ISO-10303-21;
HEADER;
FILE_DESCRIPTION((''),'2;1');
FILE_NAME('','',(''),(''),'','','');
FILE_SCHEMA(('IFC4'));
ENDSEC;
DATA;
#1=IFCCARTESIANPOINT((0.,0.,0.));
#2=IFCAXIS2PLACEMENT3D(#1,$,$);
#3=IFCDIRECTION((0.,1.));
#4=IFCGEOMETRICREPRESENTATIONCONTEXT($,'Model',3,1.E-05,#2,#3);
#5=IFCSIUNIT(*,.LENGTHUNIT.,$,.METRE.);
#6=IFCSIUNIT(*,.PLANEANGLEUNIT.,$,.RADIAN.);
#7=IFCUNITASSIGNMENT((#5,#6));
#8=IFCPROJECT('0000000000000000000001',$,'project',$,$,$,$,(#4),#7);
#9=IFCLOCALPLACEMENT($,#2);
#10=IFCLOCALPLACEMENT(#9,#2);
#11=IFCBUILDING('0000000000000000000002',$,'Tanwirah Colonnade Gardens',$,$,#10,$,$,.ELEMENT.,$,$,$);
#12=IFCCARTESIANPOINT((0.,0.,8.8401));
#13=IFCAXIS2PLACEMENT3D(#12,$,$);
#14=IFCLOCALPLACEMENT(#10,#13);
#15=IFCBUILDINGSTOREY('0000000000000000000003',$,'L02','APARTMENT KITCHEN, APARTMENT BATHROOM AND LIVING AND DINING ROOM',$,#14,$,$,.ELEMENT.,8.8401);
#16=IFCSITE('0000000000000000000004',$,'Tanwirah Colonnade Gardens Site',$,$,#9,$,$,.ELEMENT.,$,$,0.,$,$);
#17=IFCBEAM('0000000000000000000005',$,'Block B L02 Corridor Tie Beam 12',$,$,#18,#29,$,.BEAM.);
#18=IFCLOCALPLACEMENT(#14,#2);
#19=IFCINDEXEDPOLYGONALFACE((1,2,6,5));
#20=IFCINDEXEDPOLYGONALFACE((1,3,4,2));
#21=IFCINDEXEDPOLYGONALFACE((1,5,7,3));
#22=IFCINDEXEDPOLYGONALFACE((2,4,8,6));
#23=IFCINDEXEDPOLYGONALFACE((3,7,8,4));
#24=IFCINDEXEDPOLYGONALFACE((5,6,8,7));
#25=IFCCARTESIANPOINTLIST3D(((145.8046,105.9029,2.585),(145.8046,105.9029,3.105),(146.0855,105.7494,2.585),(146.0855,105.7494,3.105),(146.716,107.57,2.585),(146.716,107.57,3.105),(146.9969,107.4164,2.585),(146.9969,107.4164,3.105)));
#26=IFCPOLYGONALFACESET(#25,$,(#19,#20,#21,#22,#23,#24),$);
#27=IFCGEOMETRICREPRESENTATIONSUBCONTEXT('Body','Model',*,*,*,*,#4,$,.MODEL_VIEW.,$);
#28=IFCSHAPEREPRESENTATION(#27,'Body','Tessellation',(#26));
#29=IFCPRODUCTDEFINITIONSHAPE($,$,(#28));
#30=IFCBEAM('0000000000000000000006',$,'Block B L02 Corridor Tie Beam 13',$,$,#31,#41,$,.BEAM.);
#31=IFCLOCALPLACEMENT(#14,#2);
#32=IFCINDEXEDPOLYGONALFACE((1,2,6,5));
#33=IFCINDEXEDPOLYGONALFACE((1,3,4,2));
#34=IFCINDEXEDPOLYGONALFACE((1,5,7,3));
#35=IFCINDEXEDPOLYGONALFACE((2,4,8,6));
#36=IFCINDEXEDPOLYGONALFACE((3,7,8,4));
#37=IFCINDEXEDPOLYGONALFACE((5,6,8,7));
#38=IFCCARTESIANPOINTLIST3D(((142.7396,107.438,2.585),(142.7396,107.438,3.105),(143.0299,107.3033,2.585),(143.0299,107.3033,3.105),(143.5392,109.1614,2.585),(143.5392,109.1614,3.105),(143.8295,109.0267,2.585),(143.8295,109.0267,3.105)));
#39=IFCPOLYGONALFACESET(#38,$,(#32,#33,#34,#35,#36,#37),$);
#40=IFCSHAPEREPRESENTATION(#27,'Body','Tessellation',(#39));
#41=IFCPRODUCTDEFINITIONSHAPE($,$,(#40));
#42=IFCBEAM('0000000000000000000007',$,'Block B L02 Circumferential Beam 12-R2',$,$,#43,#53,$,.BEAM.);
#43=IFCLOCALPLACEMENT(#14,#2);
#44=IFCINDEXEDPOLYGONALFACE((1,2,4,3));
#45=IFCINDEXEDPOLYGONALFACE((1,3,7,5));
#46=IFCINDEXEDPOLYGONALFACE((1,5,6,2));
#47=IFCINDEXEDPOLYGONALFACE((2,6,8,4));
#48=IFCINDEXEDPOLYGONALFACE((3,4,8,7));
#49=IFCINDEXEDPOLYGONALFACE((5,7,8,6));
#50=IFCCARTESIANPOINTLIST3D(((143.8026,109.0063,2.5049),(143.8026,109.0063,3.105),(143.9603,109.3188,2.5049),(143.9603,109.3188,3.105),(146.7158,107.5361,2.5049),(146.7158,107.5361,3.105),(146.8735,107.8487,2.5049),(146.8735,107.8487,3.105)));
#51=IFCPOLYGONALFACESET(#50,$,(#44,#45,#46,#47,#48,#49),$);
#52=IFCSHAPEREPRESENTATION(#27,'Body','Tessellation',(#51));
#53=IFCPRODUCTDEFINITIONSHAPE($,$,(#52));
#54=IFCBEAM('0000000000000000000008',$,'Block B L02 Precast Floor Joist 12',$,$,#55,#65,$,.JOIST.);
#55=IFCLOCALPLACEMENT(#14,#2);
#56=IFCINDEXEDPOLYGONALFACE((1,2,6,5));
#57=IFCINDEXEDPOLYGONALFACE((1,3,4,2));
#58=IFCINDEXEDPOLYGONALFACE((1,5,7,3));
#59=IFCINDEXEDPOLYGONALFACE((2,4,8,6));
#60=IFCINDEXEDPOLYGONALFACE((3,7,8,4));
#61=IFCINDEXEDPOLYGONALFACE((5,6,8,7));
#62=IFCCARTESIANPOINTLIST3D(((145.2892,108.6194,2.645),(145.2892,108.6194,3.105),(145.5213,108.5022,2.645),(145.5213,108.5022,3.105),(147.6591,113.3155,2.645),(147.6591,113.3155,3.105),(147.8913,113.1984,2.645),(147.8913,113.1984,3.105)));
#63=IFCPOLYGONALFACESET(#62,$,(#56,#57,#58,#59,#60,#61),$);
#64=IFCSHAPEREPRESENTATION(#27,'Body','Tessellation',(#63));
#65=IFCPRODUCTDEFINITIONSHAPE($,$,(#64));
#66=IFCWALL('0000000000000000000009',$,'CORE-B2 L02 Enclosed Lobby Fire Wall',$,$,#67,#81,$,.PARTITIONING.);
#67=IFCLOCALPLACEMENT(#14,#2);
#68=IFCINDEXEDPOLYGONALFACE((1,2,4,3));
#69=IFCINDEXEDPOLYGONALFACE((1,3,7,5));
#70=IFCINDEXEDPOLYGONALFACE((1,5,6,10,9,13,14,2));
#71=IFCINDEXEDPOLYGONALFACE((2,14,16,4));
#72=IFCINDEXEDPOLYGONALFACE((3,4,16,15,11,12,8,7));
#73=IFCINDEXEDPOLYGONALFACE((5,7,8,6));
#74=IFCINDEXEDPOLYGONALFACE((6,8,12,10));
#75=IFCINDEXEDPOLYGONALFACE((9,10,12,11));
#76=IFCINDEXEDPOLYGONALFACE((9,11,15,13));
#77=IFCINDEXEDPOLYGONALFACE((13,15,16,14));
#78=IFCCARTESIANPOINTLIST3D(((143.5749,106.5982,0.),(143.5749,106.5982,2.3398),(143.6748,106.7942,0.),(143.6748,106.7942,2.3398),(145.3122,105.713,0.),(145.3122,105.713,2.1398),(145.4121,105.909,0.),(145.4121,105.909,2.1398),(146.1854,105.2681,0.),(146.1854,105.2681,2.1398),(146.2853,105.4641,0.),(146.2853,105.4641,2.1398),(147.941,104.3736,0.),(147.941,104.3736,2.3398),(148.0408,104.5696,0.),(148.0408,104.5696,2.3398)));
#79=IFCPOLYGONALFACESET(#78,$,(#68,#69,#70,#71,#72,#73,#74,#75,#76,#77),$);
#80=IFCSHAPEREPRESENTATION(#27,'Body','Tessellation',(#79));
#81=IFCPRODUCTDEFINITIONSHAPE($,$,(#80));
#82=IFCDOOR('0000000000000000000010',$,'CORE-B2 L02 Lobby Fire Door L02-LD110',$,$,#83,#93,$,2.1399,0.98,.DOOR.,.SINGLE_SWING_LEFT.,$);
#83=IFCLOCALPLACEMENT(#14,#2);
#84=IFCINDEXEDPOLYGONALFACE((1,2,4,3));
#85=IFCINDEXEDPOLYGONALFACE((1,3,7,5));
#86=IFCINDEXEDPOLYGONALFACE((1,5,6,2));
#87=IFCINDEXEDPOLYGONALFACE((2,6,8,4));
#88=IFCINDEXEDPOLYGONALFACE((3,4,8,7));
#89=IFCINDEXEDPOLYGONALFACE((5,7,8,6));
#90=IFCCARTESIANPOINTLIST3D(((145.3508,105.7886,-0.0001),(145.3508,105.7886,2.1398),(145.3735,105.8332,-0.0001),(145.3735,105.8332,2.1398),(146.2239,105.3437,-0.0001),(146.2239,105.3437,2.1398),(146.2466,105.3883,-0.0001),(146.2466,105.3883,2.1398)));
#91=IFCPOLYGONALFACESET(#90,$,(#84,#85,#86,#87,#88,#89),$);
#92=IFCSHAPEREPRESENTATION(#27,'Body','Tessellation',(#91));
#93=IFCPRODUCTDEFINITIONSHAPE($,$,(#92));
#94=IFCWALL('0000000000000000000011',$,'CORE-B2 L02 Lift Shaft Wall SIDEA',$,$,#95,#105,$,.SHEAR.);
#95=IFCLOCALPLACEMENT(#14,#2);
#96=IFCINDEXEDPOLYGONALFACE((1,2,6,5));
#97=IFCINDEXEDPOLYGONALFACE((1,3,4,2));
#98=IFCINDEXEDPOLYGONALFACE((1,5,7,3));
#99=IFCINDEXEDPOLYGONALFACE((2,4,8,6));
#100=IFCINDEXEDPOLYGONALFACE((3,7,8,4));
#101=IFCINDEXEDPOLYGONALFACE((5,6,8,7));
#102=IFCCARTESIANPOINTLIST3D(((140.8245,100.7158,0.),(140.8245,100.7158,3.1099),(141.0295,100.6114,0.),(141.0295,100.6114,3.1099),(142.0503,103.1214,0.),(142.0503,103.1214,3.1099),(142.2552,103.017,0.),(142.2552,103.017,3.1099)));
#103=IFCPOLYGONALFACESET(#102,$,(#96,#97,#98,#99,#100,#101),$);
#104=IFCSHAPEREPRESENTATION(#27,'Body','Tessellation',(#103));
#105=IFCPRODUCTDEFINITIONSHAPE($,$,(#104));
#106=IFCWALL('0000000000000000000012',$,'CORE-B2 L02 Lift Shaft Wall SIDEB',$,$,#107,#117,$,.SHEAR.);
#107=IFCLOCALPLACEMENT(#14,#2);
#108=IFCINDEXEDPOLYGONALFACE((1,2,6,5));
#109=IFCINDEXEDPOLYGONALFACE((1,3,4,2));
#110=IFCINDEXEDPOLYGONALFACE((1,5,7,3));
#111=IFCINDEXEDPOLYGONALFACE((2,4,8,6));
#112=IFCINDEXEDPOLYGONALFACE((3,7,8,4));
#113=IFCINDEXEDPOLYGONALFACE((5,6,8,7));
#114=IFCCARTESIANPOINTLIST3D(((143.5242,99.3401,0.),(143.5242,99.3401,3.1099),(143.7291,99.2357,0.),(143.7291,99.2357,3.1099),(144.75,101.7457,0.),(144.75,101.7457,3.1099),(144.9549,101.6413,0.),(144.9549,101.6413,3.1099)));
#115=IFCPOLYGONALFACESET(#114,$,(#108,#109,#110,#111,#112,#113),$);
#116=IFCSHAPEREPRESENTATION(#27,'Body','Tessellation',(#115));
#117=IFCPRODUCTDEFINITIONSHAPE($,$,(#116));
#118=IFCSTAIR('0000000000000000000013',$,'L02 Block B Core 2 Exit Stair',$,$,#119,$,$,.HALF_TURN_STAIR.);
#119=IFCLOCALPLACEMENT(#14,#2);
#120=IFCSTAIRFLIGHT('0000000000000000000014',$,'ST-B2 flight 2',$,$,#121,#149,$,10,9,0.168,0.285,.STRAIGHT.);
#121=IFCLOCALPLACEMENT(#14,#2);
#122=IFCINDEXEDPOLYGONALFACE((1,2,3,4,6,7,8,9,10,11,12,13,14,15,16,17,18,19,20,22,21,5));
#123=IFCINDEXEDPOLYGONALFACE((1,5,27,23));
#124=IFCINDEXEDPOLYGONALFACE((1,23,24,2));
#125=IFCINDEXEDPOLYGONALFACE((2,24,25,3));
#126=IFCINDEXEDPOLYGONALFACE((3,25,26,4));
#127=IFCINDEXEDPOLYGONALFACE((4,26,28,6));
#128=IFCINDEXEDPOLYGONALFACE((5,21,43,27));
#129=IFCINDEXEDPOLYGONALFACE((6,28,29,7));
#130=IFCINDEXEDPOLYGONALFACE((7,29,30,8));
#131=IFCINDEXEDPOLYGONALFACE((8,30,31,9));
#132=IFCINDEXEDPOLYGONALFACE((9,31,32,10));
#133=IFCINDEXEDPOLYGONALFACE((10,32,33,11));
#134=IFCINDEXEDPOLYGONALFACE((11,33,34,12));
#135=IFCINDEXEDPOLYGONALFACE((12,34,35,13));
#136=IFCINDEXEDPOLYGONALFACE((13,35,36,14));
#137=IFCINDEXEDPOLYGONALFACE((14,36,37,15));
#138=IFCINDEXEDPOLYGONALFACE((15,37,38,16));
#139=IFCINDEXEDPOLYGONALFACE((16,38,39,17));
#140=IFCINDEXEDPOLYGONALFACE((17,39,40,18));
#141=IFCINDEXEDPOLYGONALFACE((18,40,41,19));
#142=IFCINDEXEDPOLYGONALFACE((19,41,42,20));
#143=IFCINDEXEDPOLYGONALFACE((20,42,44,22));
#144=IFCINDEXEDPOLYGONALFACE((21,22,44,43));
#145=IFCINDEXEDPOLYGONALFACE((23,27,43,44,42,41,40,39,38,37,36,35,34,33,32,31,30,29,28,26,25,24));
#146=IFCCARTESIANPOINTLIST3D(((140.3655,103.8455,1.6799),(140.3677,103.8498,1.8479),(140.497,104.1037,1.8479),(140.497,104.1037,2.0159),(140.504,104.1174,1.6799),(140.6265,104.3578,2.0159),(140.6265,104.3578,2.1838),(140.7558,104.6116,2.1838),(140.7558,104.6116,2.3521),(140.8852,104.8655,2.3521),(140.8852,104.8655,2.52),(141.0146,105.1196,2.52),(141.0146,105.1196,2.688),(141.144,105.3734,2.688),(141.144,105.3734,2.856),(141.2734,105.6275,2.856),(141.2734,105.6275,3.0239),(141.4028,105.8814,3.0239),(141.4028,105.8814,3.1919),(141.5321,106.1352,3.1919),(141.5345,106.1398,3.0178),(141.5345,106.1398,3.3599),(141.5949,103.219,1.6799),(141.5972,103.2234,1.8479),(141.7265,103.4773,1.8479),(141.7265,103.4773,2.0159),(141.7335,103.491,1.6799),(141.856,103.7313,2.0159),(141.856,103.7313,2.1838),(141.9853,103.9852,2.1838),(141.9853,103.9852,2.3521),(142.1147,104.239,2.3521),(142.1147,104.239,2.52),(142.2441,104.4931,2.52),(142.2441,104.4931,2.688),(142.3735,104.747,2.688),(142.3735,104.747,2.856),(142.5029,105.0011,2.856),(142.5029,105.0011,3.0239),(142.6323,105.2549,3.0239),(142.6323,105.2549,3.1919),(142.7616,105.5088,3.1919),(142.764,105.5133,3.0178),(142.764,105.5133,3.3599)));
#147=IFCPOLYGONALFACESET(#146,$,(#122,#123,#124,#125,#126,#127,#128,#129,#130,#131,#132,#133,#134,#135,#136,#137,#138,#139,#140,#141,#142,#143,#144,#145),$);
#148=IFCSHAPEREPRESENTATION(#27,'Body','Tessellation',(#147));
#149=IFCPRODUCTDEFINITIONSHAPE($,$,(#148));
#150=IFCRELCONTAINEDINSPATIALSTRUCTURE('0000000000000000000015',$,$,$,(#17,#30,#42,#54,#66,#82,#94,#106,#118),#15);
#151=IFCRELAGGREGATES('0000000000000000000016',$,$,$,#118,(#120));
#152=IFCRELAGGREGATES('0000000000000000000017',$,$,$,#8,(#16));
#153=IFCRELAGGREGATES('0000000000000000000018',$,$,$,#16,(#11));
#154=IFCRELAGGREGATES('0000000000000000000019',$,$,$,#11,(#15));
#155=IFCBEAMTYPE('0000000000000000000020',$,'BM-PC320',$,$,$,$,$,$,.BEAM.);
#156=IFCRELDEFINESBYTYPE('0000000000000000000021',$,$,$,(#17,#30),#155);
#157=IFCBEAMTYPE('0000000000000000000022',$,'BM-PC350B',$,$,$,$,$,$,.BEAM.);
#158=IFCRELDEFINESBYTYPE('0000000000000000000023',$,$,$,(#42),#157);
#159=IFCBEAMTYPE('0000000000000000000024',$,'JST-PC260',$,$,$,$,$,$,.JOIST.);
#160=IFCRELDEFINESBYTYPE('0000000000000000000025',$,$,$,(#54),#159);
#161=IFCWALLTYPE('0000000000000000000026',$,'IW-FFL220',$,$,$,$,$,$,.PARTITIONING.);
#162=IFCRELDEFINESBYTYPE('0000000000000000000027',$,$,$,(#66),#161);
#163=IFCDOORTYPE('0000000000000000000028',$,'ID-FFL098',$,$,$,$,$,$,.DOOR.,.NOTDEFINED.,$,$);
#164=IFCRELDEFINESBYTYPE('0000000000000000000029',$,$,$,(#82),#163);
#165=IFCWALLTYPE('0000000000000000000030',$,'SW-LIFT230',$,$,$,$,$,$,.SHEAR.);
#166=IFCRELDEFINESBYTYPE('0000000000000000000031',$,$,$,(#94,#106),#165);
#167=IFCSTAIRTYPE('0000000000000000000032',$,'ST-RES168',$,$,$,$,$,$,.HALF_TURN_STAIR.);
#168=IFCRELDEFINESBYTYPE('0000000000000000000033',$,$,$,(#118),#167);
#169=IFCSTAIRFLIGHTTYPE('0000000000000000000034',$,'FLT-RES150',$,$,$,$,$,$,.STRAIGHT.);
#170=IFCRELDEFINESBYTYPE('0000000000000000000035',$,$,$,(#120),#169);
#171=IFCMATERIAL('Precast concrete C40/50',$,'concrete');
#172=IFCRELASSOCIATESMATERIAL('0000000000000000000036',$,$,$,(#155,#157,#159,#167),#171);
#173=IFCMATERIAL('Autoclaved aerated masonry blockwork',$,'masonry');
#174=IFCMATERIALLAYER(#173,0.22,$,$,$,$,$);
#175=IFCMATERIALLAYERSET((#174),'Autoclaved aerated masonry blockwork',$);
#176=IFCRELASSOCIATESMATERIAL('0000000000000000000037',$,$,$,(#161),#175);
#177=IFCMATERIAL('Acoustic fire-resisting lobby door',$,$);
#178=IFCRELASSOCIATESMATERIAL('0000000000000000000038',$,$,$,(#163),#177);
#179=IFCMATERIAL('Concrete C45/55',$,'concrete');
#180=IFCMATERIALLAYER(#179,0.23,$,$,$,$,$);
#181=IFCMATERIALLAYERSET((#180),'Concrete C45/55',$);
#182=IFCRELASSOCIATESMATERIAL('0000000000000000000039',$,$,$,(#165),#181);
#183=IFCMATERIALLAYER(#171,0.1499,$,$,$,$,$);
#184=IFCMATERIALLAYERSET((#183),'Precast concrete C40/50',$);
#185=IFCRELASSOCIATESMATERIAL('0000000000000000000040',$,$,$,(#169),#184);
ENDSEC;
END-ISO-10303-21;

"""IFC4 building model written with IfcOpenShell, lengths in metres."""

from ifc_helpers import new_model, si_unit, direction, frame, frame_2d, origin, origin_2d, place, context, subcontext, project, spatial, polyline, rectangle, outline, extrude, material, layer, layer_set, material_profile, profile_set, type_object, element, fill, aggregate, save


model = new_model("IFC4")

# Units and contexts
model_context = context("Model", 3, precision=1e-05, world=origin(), true_north=direction((0.0, 1.0)))
body_context = subcontext(model_context, "Body", "Model", "MODEL_VIEW")
ifc_project = project(units=[si_unit("LENGTHUNIT", "METRE"), si_unit("PLANEANGLEUNIT", "RADIAN")], contexts=[model_context])

# Site, building, storey
site_placement = place(None, origin())
site = spatial("IfcSite", under=ifc_project, at=site_placement, Name="Tanwirah Colonnade Gardens Site", CompositionType="ELEMENT", RefElevation=0.0)
building_placement = place(site_placement, origin())
building = spatial("IfcBuilding", under=site, at=building_placement, Name="Tanwirah Colonnade Gardens", CompositionType="ELEMENT")
storey_placement = place(building_placement, frame((0.0, 0.0, 8.8401)))
storey = spatial("IfcBuildingStorey", under=building, at=storey_placement, Name="L02", Description="APARTMENT KITCHEN, APARTMENT BATHROOM AND LIVING AND DINING ROOM", CompositionType="ELEMENT", Elevation=8.8401)

# Beams
ifc_material_1 = material(Name="Precast concrete C40/50", Category="concrete")
ifc_material_profile_1 = material_profile(ifc_material_1, rectangle(XDim=0.3201, YDim=0.52, at=origin_2d()), Name="PC-BM 320x520")
ifc_profile_set_1 = profile_set([ifc_material_profile_1], Name="Precast concrete C40/50")
beam_type_1 = type_object("IfcBeamType", Name="BM-PC320", PredefinedType="BEAM", material=ifc_profile_set_1)
for number, where, z_axis, x_axis, name in (
    (1, (145.9451, 105.8262, 2.845), (0.479707, 0.877429, 0.0), (-0.877429, 0.479707, 0.0), "Block B L02 Corridor Tie Beam 12"),
    (2, (142.8848, 107.3706, 2.845), (0.420858, 0.907126, 0.0), (-0.907126, 0.420858, 0.0), "Block B L02 Corridor Tie Beam 13"),
):
    element("IfcBeam", number, at=place(storey_placement, frame(where, z_axis=z_axis, x_axis=x_axis)), inside=storey, type_object=beam_type_1, Name=name, PredefinedType="BEAM", context=body_context, shape_type="SweptSolid", body=[
        extrude(rectangle(XDim=0.3201, YDim=0.52, at=origin_2d()), origin(), (0.0, 0.0, 1.0), 1.8999),
    ])
ifc_material_profile_2 = material_profile(ifc_material_1, rectangle(XDim=0.3501, YDim=0.6001, at=origin_2d()), Name="PC-BM 350x600")
ifc_profile_set_2 = profile_set([ifc_material_profile_2], Name="Precast concrete C40/50")
beam_type_2 = type_object("IfcBeamType", Name="BM-PC350B", PredefinedType="BEAM", material=ifc_profile_set_2)
beam_1_placement = place(storey_placement, frame((146.7947, 107.6924, 2.8049), z_axis=(-0.89276, 0.450532, 0.0), x_axis=(-0.450532, -0.89276, 0.0)))
element("IfcBeam", 3, at=beam_1_placement, inside=storey, type_object=beam_type_2, Name="Block B L02 Circumferential Beam 12-R2", PredefinedType="BEAM", context=body_context, shape_type="SweptSolid", body=[
    extrude(rectangle(XDim=0.3501, YDim=0.6001, at=origin_2d()), origin(), (0.0, 0.0, 1.0), 3.2632),
])
ifc_material_profile_3 = material_profile(ifc_material_1, rectangle(XDim=0.26, YDim=0.46, at=origin_2d()), Name="PC-JST 260x460")
ifc_profile_set_3 = profile_set([ifc_material_profile_3], Name="Precast concrete C40/50")
beam_type_3 = type_object("IfcBeamType", Name="JST-PC260", PredefinedType="JOIST", material=ifc_profile_set_3)
beam_2_placement = place(storey_placement, frame((145.4053, 108.5608, 2.875), z_axis=(0.450534, 0.892759, 0.0), x_axis=(-0.892759, 0.450534, 0.0)))
element("IfcBeam", 4, at=beam_2_placement, inside=storey, type_object=beam_type_3, Name="Block B L02 Precast Floor Joist 12", PredefinedType="JOIST", context=body_context, shape_type="SweptSolid", body=[
    extrude(rectangle(XDim=0.26, YDim=0.46, at=origin_2d()), origin(), (0.0, 0.0, 1.0), 5.2603),
])

# Wall, opening, door
ifc_material_2 = material(Name="Autoclaved aerated masonry blockwork", Category="masonry")
ifc_layer_1 = layer(ifc_material_2, 0.22)
ifc_layer_set_1 = layer_set([ifc_layer_1], Name="Autoclaved aerated masonry blockwork")
wall_type_1 = type_object("IfcWallType", Name="IW-FFL220", PredefinedType="PARTITIONING", material=ifc_layer_set_1)
wall_1_placement = place(storey_placement, frame((143.6248, 106.6963, 0.0), z_axis=(0.0, 0.0, 1.0), x_axis=(0.891003, -0.453997, 0.0)))
wall_1 = element("IfcWall", 5, at=wall_1_placement, inside=storey, type_object=wall_type_1, Name="CORE-B2 L02 Enclosed Lobby Fire Wall", PredefinedType="PARTITIONING", context=body_context, shape_type="SweptSolid", body=[
    extrude(rectangle(XDim=4.9001, YDim=0.22, at=frame_2d((2.4502, 0.0))), origin(), (0.0, 0.0, 1.0), 2.3398),
])
opening_1_placement = place(wall_1_placement, frame((1.95, 0.0, 0.0)))
opening_1 = element("IfcOpeningElement", 6, at=opening_1_placement, cuts=wall_1, PredefinedType="OPENING", context=body_context, shape_type="SweptSolid", body=[
    extrude(rectangle(XDim=0.98, YDim=2.1399, at=frame_2d((0.49, 1.0698))), frame((0.0, 0.1199, 0.0), z_axis=(0.0, -1.0, 0.0), x_axis=(1.0, 0.0, 0.0)), (0.0, 0.0, 1.0), 0.24),
])
ifc_material_3 = material(Name="Acoustic fire-resisting lobby door")
door_type_1 = type_object("IfcDoorType", Name="ID-FFL098", OperationType="NOTDEFINED", PredefinedType="DOOR", material=ifc_material_3)
door_1_placement = place(opening_1_placement, origin())
door_1 = element("IfcDoor", 7, at=door_1_placement, inside=storey, type_object=door_type_1, Name="CORE-B2 L02 Lobby Fire Door L02-LD110", OperationType="SINGLE_SWING_LEFT", OverallHeight=2.1399, OverallWidth=0.98, PredefinedType="DOOR", context=body_context, shape_type="SweptSolid", body=[
    extrude(rectangle(XDim=0.98, YDim=2.1399, at=frame_2d((0.49, 1.0698))), frame((0.0, 0.0249, 0.0), z_axis=(0.0, -1.0, 0.0), x_axis=(1.0, 0.0, 0.0)), (0.0, 0.0, 1.0), 0.05),
])
fill(opening_1, door_1)
ifc_material_4 = material(Name="Concrete C45/55", Category="concrete")
ifc_layer_2 = layer(ifc_material_4, 0.23)
ifc_layer_set_2 = layer_set([ifc_layer_2], Name="Concrete C45/55")
wall_type_2 = type_object("IfcWallType", Name="SW-LIFT230", PredefinedType="SHEAR", material=ifc_layer_set_2)

# Walls
for number, where, z_axis, x_axis, name in (
    (8, (142.1528, 103.0693, 0.0), (0.0, 0.0, 1.0), (-0.454, -0.891002, 0.0), "CORE-B2 L02 Lift Shaft Wall SIDEA"),
    (9, (144.8525, 101.6936, 0.0), (0.0, 0.0, 1.0), (-0.454037, -0.890983, 0.0), "CORE-B2 L02 Lift Shaft Wall SIDEB"),
):
    element("IfcWall", number, at=place(storey_placement, frame(where, z_axis=z_axis, x_axis=x_axis)), inside=storey, type_object=wall_type_2, Name=name, PredefinedType="SHEAR", context=body_context, shape_type="SweptSolid", body=[
        extrude(rectangle(XDim=2.7, YDim=0.23, at=frame_2d((1.3501, 0.0))), origin(), (0.0, 0.0, 1.0), 3.1099),
    ])

# Stair, stair flight
stair_type = type_object("IfcStairType", Name="ST-RES168", PredefinedType="HALF_TURN_STAIR", material=ifc_material_1)
stair_placement = place(storey_placement, origin())
stair = element("IfcStair", 10, at=stair_placement, inside=storey, type_object=stair_type, Name="L02 Block B Core 2 Exit Stair", PredefinedType="HALF_TURN_STAIR")
ifc_layer_3 = layer(ifc_material_1, 0.1499)
ifc_layer_set_3 = layer_set([ifc_layer_3], Name="Precast concrete C40/50")
stair_flight_type = type_object("IfcStairFlightType", Name="FLT-RES150", PredefinedType="STRAIGHT", material=ifc_layer_set_3)
stair_flight_placement = place(storey_placement, frame((140.9824, 103.5366, 1.6799), z_axis=(0.0, 0.0, 1.0), x_axis=(0.45399, 0.891007, 0.0)))
stair_flight = element("IfcStairFlight", 11, at=stair_flight_placement, type_object=stair_flight_type, Name="ST-B2 flight 2", NumberOfRisers=10, NumberOfTreads=9, PredefinedType="STRAIGHT", RiserHeight=0.168, TreadLength=0.285, context=body_context, shape_type="SweptSolid", body=[
    extrude(outline(polyline([(-0.0049, 0.0), (0.0, 0.168), (0.2849, 0.168), (0.2849, 0.3359), (0.5701, 0.3359), (0.5701, 0.5039), (0.855, 0.5039), (0.855, 0.6721), (1.1399, 0.6721), (1.1399, 0.8401), (1.425, 0.8401), (1.425, 1.0081), (1.71, 1.0081), (1.71, 1.176), (1.9951, 1.176), (1.9951, 1.344), (2.28, 1.344), (2.28, 1.512), (2.5649, 1.512), (2.5701, 1.6799), (2.5701, 1.3379), (0.3003, 0.0), (-0.0049, 0.0)])), frame((0.0, 0.6899, 0.0), z_axis=(0.0, -1.0, 0.0), x_axis=(1.0, 0.0, 0.0)), (0.0, 0.0, 1.0), 1.3799),
])
aggregate(stair, [stair_flight])

save(model, "model.ifc")
